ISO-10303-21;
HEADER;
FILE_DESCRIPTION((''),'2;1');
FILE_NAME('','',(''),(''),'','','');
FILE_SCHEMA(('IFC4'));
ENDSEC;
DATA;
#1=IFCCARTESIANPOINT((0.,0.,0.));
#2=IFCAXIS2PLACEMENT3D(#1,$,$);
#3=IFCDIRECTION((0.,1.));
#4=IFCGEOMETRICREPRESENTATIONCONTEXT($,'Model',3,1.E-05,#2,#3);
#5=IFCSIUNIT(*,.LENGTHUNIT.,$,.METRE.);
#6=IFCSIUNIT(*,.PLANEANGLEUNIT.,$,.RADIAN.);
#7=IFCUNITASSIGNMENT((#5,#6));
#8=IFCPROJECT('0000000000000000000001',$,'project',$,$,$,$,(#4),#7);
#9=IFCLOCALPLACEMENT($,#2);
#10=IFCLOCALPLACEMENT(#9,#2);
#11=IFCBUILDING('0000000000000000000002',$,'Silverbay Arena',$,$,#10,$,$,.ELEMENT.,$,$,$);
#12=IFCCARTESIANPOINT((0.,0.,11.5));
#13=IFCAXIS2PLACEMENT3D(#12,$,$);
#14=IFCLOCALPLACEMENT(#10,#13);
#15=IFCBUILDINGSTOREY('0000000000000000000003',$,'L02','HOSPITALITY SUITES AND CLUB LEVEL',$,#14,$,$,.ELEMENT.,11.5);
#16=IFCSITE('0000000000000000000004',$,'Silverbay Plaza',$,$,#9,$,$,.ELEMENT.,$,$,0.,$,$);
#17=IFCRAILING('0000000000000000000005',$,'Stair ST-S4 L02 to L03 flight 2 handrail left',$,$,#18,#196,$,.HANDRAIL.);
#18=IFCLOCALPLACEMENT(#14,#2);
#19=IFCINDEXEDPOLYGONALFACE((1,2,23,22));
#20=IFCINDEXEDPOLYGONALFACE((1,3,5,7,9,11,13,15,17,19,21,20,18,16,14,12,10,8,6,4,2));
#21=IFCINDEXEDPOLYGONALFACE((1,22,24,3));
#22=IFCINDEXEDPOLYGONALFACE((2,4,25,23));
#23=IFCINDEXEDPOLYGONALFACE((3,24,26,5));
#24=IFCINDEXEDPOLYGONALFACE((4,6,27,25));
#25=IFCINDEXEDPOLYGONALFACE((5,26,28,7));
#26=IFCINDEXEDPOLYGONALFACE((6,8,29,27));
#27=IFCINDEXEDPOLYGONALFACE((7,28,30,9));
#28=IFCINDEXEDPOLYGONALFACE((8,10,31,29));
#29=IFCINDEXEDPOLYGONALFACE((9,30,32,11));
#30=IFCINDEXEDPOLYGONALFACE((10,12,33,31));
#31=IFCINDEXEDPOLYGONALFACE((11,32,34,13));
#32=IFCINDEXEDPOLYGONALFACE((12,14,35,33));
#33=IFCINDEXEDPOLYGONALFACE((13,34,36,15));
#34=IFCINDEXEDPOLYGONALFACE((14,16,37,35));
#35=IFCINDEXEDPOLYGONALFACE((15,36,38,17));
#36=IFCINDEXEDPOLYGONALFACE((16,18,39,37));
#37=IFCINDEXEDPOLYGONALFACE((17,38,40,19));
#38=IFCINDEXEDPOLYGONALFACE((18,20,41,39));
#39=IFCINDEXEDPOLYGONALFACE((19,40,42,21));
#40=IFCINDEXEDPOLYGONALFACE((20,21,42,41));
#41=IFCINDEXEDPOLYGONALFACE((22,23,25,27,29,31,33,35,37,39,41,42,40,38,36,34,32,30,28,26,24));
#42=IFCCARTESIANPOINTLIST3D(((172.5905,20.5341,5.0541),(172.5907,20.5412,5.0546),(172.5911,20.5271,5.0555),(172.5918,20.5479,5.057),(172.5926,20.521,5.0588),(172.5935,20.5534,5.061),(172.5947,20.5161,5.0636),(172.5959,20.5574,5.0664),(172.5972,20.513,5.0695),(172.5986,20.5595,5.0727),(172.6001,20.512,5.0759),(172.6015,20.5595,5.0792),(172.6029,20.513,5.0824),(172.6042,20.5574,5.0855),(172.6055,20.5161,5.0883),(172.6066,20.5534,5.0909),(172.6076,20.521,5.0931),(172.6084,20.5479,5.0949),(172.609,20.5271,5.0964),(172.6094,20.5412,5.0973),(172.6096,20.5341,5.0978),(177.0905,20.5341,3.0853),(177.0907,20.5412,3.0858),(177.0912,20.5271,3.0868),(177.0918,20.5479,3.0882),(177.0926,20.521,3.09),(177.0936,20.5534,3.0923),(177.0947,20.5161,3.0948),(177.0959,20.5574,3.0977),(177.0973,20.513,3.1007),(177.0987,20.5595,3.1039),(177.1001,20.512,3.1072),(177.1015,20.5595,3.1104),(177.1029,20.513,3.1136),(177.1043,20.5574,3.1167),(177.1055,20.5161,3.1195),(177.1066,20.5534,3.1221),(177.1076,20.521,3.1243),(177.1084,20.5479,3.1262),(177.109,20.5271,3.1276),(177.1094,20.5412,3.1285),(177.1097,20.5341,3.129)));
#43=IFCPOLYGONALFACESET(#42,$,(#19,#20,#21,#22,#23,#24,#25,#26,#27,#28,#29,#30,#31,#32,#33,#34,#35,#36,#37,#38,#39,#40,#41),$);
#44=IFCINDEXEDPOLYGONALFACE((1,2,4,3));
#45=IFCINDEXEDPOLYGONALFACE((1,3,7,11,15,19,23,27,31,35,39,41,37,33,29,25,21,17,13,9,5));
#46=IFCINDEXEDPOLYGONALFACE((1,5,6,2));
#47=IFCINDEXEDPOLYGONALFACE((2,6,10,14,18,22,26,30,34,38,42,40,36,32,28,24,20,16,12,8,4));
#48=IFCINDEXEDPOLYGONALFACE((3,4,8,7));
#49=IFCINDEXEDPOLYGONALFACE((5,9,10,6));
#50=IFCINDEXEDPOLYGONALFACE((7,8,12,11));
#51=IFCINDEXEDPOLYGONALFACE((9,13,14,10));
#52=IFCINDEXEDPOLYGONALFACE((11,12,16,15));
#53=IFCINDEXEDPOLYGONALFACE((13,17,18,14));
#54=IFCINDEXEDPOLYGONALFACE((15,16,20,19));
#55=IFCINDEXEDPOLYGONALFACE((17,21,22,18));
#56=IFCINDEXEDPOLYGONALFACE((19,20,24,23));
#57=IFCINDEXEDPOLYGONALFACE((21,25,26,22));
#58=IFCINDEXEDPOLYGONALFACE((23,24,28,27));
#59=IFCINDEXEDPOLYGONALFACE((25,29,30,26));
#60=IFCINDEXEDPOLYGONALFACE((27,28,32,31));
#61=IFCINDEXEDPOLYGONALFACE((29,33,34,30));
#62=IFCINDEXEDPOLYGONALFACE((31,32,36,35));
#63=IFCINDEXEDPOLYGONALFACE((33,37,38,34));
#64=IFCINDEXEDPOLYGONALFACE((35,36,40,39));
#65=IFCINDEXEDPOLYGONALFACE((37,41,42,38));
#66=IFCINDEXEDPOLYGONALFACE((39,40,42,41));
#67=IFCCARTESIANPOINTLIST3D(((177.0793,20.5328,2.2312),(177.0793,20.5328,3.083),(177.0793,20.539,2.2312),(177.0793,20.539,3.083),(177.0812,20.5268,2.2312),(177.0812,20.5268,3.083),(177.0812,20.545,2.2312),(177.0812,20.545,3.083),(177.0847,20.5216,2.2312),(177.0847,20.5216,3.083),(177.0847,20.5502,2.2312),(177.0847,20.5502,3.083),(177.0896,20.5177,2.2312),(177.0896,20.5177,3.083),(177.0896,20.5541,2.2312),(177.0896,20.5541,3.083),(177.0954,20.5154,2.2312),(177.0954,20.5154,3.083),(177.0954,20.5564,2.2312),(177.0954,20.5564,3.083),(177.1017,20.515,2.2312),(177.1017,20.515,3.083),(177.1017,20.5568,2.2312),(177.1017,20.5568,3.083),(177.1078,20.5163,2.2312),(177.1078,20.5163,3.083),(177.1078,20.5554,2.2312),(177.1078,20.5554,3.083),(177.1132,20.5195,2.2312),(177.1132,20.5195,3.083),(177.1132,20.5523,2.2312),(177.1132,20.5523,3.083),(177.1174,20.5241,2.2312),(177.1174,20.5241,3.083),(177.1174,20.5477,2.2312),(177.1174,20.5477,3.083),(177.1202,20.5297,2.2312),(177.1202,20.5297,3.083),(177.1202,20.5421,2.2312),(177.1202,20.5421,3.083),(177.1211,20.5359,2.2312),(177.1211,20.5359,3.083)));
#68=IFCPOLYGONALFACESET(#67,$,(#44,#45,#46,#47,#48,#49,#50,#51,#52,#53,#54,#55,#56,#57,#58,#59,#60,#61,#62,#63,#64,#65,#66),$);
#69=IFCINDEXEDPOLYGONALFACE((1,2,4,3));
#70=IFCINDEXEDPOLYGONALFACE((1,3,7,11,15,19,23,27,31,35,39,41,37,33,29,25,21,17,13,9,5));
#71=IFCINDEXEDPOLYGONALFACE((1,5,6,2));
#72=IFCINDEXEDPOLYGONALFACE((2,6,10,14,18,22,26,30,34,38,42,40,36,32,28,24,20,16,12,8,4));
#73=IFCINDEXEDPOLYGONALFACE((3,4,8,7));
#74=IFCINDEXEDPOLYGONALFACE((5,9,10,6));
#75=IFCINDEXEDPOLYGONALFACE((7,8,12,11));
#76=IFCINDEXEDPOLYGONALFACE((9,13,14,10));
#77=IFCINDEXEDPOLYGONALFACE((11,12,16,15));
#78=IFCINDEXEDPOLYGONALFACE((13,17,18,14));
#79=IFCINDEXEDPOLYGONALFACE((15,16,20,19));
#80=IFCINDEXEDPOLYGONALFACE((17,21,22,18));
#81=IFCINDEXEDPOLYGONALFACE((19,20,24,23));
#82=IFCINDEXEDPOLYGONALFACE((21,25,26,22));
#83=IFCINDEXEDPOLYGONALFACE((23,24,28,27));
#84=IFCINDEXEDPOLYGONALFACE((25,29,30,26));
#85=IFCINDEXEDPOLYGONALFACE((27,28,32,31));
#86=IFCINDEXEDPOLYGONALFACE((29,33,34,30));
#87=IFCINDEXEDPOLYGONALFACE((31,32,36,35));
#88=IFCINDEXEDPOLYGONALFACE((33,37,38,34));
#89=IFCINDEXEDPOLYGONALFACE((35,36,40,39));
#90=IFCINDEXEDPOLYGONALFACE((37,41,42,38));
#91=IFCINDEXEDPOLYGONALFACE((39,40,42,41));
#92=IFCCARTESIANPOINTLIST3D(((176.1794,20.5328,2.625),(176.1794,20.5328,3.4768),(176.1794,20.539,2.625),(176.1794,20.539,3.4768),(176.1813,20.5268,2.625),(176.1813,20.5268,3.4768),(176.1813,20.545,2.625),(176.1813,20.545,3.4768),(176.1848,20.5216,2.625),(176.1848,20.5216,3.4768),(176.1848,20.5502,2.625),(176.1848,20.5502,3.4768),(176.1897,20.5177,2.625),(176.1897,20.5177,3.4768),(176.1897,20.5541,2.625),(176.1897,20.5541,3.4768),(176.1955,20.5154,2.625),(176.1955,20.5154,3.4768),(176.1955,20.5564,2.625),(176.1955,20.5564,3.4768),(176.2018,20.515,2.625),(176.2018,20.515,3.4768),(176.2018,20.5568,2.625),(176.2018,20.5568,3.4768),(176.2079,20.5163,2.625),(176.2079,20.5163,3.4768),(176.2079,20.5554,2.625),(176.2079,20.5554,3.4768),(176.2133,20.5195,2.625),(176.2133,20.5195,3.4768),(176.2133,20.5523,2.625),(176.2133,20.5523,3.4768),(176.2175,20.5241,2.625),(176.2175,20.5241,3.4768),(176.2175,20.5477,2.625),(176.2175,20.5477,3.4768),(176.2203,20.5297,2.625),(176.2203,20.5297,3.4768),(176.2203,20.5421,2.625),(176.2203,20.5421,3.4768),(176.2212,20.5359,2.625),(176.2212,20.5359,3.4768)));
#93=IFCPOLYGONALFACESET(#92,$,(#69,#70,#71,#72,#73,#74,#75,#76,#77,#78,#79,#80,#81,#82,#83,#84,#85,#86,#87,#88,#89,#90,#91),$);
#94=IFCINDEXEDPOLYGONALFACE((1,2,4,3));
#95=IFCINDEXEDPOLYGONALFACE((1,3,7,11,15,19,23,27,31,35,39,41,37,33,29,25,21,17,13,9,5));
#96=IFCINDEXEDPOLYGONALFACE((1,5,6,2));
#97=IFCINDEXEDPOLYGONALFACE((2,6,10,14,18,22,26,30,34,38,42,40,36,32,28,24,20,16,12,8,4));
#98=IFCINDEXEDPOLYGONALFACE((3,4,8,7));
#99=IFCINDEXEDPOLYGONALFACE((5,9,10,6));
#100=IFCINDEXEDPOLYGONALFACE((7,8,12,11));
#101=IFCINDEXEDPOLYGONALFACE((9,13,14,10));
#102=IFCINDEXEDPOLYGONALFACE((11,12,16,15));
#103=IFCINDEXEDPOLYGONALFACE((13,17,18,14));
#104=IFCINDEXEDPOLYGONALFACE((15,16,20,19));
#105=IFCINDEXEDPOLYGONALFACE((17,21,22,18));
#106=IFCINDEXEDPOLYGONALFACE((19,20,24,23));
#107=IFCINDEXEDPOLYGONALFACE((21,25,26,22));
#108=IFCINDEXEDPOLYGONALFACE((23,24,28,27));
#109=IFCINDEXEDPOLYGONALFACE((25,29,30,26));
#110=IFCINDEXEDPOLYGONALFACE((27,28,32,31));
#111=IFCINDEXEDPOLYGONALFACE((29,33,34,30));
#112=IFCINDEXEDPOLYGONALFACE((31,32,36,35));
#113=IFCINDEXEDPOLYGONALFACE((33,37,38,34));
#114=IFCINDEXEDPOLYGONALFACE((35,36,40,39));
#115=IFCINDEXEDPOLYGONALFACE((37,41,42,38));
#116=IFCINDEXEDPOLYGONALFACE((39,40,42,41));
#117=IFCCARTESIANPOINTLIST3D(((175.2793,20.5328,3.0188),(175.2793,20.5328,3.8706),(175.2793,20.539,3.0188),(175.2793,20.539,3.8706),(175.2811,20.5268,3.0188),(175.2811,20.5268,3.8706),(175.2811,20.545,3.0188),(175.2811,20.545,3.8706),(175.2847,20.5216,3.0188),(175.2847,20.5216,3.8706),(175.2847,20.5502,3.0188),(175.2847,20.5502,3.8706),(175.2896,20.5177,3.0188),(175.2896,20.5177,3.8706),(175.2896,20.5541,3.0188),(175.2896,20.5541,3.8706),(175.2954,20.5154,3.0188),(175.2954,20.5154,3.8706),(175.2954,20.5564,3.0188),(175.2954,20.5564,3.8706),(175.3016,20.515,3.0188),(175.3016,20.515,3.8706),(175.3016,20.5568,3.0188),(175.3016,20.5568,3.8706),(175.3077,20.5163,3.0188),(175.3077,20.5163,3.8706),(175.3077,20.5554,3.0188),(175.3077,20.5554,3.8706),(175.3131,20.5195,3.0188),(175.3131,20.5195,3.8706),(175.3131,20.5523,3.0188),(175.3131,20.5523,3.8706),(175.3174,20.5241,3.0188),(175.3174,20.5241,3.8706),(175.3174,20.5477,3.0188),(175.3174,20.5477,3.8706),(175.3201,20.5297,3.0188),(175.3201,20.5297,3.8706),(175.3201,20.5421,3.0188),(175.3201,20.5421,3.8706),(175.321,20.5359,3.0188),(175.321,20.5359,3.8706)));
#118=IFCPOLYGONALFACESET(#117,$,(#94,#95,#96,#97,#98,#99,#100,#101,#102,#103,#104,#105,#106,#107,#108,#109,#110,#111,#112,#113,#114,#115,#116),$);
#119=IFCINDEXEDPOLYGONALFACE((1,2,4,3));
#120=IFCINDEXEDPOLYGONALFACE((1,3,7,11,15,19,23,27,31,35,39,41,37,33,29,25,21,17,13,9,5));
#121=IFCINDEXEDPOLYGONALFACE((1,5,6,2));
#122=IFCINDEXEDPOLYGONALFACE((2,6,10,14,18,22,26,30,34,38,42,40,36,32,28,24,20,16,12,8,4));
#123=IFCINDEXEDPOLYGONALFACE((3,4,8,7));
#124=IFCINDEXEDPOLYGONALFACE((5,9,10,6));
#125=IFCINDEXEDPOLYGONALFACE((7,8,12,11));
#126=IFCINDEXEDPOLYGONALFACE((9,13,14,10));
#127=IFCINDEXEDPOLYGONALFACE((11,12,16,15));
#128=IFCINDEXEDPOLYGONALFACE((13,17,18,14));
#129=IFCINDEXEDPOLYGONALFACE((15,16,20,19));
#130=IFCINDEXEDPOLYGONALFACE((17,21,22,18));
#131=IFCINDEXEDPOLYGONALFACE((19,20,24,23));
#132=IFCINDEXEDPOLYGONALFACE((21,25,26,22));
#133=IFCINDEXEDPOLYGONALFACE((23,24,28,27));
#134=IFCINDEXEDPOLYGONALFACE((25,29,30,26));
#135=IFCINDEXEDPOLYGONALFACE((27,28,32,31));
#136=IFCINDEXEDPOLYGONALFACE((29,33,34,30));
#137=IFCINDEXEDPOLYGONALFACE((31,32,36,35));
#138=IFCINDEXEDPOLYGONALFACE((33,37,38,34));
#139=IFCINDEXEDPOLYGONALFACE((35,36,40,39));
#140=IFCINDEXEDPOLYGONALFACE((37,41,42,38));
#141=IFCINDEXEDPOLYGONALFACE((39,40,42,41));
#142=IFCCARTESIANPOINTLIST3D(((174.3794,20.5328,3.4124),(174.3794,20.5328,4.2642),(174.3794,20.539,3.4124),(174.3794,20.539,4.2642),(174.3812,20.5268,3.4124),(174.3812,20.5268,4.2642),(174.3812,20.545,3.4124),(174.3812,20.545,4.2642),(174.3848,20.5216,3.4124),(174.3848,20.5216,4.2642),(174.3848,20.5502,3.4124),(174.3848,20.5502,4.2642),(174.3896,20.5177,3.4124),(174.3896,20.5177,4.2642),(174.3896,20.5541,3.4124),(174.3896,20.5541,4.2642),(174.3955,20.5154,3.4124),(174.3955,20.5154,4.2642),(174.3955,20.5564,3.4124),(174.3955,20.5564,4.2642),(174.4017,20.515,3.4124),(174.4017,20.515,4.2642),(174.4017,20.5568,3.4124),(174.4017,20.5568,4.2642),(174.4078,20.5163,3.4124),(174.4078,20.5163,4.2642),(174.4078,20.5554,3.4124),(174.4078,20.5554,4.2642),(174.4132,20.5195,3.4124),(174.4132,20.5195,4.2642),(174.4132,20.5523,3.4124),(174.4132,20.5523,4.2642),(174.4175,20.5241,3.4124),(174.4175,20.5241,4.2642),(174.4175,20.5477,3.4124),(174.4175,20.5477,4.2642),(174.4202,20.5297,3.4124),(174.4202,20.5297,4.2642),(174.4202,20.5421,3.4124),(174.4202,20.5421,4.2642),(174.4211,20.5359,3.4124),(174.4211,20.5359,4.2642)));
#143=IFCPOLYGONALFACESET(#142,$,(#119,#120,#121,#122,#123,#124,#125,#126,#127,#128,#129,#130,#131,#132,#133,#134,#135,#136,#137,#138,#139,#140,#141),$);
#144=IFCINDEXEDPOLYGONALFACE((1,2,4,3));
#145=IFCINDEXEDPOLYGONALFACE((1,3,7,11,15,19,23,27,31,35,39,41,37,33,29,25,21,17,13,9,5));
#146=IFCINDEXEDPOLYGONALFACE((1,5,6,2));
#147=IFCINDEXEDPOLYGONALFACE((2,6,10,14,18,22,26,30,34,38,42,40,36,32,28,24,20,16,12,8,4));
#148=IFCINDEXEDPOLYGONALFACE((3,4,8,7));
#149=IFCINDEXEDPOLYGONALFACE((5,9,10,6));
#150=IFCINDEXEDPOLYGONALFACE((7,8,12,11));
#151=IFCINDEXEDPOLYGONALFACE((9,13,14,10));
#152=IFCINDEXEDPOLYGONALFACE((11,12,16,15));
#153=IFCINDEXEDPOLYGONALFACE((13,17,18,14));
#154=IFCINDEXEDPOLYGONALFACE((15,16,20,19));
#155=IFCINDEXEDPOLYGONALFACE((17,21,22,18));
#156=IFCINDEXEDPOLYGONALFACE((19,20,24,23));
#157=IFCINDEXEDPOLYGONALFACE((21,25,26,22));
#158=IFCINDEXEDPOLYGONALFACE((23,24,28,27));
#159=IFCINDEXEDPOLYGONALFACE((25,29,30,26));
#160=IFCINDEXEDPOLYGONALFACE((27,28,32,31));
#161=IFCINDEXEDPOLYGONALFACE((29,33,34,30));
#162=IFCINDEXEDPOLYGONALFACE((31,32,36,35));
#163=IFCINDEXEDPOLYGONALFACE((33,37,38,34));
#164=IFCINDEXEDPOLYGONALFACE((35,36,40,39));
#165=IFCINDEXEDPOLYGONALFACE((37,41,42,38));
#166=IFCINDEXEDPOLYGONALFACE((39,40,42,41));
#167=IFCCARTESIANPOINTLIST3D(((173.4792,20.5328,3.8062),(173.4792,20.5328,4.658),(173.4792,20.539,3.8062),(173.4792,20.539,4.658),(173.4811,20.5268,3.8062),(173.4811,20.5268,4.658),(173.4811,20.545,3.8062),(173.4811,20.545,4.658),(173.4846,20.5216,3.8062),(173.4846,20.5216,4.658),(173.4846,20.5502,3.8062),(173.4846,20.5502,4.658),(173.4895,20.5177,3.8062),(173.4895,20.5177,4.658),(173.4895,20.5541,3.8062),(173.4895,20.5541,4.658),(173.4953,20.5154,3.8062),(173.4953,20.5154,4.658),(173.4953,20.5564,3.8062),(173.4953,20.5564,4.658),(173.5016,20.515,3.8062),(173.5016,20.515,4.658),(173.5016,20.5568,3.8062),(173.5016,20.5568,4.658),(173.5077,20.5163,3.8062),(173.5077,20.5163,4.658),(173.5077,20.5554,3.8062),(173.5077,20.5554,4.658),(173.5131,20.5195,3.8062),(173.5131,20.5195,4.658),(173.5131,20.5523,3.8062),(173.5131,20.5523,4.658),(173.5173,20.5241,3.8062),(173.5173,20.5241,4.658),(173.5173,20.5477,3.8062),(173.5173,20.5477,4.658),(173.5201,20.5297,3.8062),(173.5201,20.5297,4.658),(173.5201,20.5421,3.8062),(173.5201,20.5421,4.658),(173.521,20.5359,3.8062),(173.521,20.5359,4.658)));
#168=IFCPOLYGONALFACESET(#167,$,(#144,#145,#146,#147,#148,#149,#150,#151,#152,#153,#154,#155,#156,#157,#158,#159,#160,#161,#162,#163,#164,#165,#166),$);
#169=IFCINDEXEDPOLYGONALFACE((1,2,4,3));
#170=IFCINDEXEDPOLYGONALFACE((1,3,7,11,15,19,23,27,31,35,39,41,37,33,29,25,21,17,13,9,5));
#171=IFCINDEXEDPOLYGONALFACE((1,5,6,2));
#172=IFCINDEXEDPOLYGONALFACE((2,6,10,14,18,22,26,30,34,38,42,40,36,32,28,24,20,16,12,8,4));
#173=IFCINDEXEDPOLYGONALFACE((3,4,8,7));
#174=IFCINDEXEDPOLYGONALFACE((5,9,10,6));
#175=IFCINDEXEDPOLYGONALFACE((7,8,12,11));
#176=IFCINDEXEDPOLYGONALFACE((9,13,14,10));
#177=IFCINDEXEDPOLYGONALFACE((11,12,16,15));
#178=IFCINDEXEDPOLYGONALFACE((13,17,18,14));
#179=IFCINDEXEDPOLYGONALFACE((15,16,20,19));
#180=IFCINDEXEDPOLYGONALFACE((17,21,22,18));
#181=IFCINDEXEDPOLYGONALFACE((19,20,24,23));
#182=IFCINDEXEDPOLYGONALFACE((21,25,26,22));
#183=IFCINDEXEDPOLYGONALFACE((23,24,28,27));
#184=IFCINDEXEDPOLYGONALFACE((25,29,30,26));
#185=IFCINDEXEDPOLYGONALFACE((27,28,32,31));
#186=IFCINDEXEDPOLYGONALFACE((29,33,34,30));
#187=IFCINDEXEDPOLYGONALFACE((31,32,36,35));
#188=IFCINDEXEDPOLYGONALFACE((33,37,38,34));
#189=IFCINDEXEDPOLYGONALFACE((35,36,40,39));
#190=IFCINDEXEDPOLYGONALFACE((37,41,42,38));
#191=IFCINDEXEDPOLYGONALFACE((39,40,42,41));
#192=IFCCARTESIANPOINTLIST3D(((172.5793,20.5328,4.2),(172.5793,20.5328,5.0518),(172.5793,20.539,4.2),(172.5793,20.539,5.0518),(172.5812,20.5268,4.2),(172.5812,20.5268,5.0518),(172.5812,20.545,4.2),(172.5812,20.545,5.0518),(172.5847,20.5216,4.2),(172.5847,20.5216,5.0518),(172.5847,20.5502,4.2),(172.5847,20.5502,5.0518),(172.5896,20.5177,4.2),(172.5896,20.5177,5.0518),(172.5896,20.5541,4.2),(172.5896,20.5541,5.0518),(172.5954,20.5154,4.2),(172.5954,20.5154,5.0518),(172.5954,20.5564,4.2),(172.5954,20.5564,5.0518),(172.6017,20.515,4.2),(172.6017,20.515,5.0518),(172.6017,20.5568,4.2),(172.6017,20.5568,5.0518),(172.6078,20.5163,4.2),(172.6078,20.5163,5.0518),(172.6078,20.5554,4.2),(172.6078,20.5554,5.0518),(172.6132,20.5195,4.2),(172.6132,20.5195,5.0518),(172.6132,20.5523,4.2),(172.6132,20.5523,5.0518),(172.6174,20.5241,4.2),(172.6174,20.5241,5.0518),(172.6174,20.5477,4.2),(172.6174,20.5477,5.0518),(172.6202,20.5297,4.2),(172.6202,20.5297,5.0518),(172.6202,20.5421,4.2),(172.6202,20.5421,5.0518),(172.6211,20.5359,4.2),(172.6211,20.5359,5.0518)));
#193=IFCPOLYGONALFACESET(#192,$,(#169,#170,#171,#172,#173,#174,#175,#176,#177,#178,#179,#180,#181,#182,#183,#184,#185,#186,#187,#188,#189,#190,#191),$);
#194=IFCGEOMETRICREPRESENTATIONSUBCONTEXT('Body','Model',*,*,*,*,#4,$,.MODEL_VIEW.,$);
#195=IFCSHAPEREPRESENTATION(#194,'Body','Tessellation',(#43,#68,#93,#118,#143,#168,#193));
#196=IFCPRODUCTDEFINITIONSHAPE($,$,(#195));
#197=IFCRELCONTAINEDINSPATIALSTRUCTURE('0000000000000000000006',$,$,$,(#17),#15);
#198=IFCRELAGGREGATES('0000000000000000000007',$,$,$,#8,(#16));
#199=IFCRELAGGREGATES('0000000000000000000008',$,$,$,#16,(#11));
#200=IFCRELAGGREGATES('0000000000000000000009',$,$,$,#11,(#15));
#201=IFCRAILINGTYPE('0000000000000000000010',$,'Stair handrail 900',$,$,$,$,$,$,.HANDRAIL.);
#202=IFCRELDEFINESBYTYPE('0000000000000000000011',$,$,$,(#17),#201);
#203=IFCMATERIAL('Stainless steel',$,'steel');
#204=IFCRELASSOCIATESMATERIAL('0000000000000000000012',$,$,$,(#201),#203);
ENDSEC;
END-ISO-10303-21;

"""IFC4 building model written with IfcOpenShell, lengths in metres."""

from ifc_helpers import new_model, si_unit, direction, frame, origin, origin_2d, place, context, subcontext, project, spatial, circle, extrude, material, type_object, element, save


model = new_model("IFC4")

# Units and contexts
model_context = context("Model", 3, precision=1e-05, world=origin(), true_north=direction((0.0, 1.0)))
body_context = subcontext(model_context, "Body", "Model", "MODEL_VIEW")
ifc_project = project(units=[si_unit("LENGTHUNIT", "METRE"), si_unit("PLANEANGLEUNIT", "RADIAN")], contexts=[model_context])

# Site, building, storey
site_placement = place(None, origin())
site = spatial("IfcSite", under=ifc_project, at=site_placement, Name="Silverbay Plaza", CompositionType="ELEMENT", RefElevation=0.0)
building_placement = place(site_placement, origin())
building = spatial("IfcBuilding", under=site, at=building_placement, Name="Silverbay Arena", CompositionType="ELEMENT")
storey_placement = place(building_placement, frame((0.0, 0.0, 11.5)))
storey = spatial("IfcBuildingStorey", under=building, at=storey_placement, Name="L02", Description="HOSPITALITY SUITES AND CLUB LEVEL", CompositionType="ELEMENT", Elevation=11.5)

# Railing
ifc_material_1 = material(Name="Stainless steel", Category="steel")
railing_type_1 = type_object("IfcRailingType", Name="Stair handrail 900", PredefinedType="HANDRAIL", material=ifc_material_1)
for number, where, name in (
    (1, (177.1001, 20.5359, 2.2312), "Stair ST-S4 L02 to L03 flight 2 handrail left"),
):
    element("IfcRailing", number, at=place(storey_placement, frame(where)), inside=storey, type_object=railing_type_1, Name=name, PredefinedType="HANDRAIL", context=body_context, shape_type="SweptSolid", body=[
        extrude(circle(Radius=0.0239, at=origin_2d()), frame((0.0, 0.0, 0.876), z_axis=(-0.916157, 0.0, 0.400819), x_axis=(0.0, -1.0, 0.0)), (0.0, 0.0, 1.0), 4.9119),
        extrude(circle(Radius=0.021, at=origin_2d()), origin(), (0.0, 0.0, 1.0), 0.8518),
        extrude(circle(Radius=0.021, at=origin_2d()), frame((-0.8999, 0.0, 0.3938)), (0.0, 0.0, 1.0), 0.8518),
        extrude(circle(Radius=0.021, at=origin_2d()), frame((-1.8, 0.0, 0.7876)), (0.0, 0.0, 1.0), 0.8518),
        extrude(circle(Radius=0.021, at=origin_2d()), frame((-2.7, 0.0, 1.1812)), (0.0, 0.0, 1.0), 0.8518),
        extrude(circle(Radius=0.021, at=origin_2d()), frame((-3.6001, 0.0, 1.575)), (0.0, 0.0, 1.0), 0.8518),
        extrude(circle(Radius=0.021, at=origin_2d()), frame((-4.5, 0.0, 1.9688)), (0.0, 0.0, 1.0), 0.8518),
    ])

save(model, "model.ifc")
